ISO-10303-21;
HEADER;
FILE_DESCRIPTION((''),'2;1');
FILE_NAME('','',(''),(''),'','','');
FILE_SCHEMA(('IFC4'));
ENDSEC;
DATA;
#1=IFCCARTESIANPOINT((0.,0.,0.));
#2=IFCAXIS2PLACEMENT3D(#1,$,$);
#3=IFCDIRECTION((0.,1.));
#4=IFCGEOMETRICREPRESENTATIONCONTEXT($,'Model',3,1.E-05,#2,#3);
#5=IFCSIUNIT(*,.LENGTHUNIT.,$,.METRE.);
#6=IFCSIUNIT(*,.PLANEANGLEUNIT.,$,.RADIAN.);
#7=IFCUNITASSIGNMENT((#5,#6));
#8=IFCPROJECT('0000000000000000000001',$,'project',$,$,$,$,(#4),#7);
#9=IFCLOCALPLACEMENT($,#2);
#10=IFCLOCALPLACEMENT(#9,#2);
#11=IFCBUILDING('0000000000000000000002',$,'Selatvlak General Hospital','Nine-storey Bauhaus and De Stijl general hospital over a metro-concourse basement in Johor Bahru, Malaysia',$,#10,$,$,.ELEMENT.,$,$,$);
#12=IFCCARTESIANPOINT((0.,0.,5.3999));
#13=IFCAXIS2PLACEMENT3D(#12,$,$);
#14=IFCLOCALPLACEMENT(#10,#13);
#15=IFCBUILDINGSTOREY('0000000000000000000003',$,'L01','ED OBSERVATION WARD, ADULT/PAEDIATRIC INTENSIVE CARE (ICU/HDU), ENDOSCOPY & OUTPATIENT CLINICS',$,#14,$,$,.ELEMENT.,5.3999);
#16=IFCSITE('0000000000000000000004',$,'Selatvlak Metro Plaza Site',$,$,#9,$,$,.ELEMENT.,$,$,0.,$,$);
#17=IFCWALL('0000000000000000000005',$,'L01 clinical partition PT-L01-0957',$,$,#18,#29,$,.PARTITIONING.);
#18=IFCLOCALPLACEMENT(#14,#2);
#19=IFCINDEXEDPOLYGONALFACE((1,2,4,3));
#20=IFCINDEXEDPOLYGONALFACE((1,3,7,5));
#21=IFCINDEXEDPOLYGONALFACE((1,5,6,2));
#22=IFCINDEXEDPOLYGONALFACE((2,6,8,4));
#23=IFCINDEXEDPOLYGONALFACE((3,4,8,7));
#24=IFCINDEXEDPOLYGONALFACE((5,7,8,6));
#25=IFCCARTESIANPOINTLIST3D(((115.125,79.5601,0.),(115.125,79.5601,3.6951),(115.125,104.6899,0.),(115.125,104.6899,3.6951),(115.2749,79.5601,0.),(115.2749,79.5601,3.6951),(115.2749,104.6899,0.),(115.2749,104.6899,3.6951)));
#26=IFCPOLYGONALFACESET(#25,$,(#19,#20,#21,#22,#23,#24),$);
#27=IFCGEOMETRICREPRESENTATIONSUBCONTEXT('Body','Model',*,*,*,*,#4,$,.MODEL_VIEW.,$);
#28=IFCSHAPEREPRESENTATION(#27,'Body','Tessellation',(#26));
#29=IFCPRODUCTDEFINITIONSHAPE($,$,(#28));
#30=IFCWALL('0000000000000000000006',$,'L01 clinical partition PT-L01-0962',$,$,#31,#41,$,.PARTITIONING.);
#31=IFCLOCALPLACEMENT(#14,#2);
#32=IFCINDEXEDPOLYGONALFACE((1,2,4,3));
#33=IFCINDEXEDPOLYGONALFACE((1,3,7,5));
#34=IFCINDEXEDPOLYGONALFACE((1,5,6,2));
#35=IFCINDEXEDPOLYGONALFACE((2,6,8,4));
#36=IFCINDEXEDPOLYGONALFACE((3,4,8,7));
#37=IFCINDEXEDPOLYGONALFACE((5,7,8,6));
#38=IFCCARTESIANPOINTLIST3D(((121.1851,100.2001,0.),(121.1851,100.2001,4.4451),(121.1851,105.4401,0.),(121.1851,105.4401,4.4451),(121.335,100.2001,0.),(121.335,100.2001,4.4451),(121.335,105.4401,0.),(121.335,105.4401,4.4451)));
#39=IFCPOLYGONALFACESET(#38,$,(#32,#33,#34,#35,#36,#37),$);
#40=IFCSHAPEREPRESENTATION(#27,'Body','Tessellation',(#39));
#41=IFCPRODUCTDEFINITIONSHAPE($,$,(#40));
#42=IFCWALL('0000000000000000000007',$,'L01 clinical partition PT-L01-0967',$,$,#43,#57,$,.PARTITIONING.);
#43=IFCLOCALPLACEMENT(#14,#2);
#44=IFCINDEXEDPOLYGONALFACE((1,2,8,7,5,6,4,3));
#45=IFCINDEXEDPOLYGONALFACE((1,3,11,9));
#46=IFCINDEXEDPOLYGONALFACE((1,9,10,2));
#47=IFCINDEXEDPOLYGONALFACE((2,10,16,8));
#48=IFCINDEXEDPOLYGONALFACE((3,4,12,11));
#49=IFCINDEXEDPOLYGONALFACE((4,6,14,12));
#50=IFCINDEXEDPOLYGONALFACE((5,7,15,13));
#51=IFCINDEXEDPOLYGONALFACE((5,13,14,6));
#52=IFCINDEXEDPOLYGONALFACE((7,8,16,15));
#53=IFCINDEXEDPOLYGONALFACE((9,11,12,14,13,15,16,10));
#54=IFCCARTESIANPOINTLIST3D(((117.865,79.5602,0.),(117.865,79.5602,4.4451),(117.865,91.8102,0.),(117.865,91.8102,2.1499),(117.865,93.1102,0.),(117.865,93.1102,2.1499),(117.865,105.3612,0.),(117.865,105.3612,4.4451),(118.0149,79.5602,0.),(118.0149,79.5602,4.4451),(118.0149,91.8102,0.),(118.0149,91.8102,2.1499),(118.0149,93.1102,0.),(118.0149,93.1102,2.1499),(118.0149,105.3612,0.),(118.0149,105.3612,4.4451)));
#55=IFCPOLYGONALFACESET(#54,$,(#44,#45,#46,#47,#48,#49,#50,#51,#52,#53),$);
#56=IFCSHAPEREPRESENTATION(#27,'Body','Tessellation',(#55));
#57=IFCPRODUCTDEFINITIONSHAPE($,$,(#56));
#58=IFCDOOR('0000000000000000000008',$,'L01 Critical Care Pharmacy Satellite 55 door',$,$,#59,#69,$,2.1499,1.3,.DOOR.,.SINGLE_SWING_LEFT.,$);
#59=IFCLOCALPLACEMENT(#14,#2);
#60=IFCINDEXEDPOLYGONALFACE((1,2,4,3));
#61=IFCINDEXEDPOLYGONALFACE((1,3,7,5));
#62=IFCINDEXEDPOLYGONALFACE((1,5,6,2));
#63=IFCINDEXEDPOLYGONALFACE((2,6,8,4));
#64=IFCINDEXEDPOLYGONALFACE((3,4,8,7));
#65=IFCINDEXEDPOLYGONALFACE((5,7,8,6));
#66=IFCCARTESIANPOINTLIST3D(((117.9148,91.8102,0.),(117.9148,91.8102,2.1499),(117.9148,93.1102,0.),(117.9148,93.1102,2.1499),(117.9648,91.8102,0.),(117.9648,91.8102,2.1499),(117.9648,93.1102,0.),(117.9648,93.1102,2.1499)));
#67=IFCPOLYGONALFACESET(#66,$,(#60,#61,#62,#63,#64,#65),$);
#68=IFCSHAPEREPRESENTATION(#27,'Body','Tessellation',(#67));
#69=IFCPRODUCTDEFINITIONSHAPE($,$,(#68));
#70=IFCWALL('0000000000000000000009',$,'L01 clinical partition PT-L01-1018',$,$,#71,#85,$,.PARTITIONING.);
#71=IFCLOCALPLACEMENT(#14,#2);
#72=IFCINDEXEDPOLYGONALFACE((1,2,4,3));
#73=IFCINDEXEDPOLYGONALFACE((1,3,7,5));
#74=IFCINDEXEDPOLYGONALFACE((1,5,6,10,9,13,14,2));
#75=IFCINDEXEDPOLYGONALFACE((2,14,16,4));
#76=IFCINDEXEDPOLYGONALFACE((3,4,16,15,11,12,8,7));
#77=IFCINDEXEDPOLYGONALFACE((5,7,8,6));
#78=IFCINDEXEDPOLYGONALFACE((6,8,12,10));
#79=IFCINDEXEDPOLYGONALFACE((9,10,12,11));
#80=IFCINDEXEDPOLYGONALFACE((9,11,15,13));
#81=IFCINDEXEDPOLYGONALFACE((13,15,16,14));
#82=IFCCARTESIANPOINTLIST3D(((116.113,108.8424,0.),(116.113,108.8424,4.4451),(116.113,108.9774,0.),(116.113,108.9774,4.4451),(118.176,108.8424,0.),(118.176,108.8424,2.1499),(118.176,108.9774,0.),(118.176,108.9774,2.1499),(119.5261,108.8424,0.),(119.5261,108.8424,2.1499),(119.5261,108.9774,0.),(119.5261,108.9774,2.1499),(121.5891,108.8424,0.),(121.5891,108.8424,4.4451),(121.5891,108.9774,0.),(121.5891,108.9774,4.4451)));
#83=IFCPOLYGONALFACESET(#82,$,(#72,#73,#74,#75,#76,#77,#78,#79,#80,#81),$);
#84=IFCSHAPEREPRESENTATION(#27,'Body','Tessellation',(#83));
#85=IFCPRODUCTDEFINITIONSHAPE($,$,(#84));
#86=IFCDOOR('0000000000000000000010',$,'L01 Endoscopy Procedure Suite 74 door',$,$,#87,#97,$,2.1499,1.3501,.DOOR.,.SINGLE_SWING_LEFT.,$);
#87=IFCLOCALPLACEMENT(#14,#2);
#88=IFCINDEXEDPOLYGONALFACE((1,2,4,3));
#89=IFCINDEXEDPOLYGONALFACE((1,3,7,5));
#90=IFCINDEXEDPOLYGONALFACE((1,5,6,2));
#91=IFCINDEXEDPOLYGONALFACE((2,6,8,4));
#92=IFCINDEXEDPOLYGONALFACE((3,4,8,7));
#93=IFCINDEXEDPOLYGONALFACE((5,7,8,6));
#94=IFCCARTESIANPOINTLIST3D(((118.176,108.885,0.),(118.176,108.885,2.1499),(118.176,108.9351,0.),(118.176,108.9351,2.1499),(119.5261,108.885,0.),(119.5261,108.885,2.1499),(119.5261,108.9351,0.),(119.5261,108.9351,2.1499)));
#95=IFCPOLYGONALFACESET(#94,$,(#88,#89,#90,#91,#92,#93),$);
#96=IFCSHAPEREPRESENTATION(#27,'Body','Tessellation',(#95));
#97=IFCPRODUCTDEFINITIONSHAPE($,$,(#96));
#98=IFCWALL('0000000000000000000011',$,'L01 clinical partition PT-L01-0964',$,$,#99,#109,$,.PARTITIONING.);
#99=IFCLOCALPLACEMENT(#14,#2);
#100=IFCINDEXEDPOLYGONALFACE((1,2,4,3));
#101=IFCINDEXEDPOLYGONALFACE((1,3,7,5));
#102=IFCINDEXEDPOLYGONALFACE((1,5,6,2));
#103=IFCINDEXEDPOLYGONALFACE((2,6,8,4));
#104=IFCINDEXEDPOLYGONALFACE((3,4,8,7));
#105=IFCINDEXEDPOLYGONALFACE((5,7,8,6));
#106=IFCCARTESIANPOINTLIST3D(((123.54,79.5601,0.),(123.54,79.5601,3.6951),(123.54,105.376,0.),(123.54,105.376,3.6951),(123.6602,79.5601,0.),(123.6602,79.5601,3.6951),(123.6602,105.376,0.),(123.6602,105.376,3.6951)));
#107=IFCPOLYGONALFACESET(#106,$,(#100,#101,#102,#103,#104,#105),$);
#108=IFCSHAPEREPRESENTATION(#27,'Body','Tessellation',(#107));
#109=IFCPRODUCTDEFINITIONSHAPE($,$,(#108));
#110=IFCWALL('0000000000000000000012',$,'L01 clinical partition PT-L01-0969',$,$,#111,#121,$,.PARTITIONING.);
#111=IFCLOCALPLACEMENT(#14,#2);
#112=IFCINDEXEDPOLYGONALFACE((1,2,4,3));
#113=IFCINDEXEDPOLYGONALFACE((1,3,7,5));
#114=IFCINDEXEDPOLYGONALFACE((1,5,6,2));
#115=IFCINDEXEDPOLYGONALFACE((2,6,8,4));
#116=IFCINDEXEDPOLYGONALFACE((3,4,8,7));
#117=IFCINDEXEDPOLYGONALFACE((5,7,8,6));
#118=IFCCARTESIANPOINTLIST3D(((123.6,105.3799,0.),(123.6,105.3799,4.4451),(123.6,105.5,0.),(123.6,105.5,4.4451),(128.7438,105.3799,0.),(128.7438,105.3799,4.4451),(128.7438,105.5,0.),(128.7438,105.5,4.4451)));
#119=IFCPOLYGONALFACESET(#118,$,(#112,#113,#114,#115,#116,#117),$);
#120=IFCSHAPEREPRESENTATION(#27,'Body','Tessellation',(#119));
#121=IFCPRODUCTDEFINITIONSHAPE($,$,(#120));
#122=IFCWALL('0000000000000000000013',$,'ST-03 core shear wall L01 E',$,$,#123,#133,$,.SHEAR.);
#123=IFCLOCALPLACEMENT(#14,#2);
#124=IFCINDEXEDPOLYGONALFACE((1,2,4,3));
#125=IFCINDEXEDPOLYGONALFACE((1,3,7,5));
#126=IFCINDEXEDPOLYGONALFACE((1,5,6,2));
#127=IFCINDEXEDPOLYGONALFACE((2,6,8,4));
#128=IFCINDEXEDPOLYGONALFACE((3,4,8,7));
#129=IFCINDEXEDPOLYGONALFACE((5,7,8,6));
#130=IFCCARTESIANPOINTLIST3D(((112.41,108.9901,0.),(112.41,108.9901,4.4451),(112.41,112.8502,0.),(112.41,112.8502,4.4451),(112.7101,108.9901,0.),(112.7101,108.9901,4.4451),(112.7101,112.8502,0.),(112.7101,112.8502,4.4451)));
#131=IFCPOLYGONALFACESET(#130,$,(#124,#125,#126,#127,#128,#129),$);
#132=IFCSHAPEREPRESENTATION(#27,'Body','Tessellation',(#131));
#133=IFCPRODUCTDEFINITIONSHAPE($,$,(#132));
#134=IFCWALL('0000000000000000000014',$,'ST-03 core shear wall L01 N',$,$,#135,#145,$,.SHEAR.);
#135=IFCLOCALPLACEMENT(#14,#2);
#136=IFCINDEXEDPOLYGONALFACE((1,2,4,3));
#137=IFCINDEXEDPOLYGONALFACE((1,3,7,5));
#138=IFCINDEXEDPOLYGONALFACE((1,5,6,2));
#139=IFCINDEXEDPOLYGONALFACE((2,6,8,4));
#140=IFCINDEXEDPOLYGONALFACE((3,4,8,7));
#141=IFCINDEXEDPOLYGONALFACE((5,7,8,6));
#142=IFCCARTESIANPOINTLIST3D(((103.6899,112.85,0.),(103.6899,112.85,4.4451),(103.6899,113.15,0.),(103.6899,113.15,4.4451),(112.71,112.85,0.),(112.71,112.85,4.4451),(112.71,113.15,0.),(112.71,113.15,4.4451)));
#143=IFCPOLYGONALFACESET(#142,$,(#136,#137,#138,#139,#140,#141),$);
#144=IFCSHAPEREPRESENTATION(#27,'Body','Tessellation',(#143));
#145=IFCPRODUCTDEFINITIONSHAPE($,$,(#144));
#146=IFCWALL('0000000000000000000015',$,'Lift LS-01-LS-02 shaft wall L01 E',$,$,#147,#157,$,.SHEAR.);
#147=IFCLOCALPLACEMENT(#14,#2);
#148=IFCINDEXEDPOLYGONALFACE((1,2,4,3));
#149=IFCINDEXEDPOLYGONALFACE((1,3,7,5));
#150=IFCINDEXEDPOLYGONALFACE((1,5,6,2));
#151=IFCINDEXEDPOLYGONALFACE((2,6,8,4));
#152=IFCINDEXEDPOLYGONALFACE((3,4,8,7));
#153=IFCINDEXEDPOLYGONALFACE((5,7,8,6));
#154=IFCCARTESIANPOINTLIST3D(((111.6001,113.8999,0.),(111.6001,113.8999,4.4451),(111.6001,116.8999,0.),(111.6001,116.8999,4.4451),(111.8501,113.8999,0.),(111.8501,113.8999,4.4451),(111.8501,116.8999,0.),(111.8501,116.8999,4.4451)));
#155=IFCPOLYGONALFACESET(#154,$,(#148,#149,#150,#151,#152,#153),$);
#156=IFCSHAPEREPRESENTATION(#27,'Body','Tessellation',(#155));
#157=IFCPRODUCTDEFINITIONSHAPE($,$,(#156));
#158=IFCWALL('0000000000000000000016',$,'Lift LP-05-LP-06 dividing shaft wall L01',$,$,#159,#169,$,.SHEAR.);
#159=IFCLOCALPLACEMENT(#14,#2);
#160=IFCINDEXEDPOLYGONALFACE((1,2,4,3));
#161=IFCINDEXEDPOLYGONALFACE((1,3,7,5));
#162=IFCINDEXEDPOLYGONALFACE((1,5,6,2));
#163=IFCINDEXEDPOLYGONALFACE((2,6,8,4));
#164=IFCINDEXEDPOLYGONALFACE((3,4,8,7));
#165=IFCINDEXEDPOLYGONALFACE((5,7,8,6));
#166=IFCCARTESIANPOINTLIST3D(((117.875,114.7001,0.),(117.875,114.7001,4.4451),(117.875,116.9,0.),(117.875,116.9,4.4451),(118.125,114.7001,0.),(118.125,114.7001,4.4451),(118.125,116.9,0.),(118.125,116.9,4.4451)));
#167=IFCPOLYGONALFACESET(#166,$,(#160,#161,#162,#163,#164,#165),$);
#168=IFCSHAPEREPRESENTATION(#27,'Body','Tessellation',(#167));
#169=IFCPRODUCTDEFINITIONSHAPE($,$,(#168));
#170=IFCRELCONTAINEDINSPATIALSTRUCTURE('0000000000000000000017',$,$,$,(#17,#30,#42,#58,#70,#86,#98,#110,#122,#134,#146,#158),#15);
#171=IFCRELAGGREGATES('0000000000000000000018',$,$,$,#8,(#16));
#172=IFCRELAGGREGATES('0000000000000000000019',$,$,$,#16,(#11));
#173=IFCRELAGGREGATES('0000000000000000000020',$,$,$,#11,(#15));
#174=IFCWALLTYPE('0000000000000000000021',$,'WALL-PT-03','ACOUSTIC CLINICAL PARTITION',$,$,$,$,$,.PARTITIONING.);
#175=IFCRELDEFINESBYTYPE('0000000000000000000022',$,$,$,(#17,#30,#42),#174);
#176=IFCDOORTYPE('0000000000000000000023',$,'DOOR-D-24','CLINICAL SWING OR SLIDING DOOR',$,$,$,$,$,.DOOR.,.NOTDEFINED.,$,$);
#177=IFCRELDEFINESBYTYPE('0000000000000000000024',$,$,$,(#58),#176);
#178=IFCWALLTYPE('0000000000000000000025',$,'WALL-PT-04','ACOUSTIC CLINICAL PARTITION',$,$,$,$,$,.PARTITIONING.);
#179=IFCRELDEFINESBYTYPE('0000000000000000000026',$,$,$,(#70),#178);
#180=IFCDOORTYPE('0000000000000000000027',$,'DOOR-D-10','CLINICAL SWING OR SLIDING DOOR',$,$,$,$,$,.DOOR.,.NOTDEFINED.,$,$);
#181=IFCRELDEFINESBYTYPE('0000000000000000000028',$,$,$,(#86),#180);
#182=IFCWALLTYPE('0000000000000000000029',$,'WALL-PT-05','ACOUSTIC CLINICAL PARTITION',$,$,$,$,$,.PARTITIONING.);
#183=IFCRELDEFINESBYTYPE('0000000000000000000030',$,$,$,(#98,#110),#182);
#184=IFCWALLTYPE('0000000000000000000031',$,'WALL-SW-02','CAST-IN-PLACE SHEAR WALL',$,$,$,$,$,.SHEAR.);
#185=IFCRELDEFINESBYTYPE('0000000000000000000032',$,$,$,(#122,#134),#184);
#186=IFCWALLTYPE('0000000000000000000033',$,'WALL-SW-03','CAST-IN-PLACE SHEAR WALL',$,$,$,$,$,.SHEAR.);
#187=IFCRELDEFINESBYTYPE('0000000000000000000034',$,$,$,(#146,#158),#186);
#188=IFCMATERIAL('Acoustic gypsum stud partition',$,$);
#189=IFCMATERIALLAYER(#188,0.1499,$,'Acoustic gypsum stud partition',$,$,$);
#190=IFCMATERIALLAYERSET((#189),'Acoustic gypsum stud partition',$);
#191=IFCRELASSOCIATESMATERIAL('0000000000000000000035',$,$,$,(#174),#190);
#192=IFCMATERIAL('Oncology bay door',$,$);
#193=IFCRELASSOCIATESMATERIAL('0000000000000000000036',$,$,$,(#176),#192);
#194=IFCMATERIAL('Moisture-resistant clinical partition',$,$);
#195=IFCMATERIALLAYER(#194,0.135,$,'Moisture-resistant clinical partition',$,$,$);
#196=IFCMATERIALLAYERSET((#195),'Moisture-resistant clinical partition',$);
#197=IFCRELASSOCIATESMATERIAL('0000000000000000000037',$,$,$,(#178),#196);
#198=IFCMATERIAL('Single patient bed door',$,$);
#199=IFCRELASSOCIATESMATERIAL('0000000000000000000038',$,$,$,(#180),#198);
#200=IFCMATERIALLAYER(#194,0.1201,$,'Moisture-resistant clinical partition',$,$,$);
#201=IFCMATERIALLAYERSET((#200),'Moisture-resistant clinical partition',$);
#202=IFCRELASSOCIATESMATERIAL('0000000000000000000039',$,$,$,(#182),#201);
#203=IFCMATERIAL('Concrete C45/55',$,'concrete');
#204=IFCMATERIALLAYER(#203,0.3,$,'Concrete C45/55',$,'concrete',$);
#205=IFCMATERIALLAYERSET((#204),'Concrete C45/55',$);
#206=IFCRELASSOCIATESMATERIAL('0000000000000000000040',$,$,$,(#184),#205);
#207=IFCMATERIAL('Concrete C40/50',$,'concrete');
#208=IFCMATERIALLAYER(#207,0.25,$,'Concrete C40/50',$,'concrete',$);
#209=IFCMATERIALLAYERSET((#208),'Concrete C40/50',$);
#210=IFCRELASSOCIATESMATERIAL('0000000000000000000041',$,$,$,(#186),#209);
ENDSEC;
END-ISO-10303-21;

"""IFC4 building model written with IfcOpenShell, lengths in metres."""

from ifc_helpers import new_model, si_unit, direction, frame, frame_2d, origin, place, context, subcontext, project, spatial, rectangle, extrude, material, layer, layer_set, type_object, element, fill, save


model = new_model("IFC4")

# Units and contexts
model_context = context("Model", 3, precision=1e-05, world=origin(), true_north=direction((0.0, 1.0)))
body_context = subcontext(model_context, "Body", "Model", "MODEL_VIEW")
ifc_project = project(units=[si_unit("LENGTHUNIT", "METRE"), si_unit("PLANEANGLEUNIT", "RADIAN")], contexts=[model_context])

# Site, building, storey
site_placement = place(None, origin())
site = spatial("IfcSite", under=ifc_project, at=site_placement, Name="Selatvlak Metro Plaza Site", CompositionType="ELEMENT", RefElevation=0.0)
building_placement = place(site_placement, origin())
building = spatial("IfcBuilding", under=site, at=building_placement, Name="Selatvlak General Hospital", Description="Nine-storey Bauhaus and De Stijl general hospital over a metro-concourse basement in Johor Bahru, Malaysia", CompositionType="ELEMENT")
storey_placement = place(building_placement, frame((0.0, 0.0, 5.3999)))
storey = spatial("IfcBuildingStorey", under=building, at=storey_placement, Name="L01", Description="ED OBSERVATION WARD, ADULT/PAEDIATRIC INTENSIVE CARE (ICU/HDU), ENDOSCOPY & OUTPATIENT CLINICS", CompositionType="ELEMENT", Elevation=5.3999)

# Shared definitions
ifc_material_1 = material(Name="Concrete C40/50", Category="concrete")

# Shared definitions
ifc_material_2 = material(Name="Acoustic gypsum stud partition")

# Walls
ifc_layer_1 = layer(ifc_material_2, 0.1499, Name="Acoustic gypsum stud partition")
ifc_layer_set_1 = layer_set([ifc_layer_1], Name="Acoustic gypsum stud partition")
wall_type_1 = type_object("IfcWallType", Name="WALL-PT-03", Description="ACOUSTIC CLINICAL PARTITION", PredefinedType="PARTITIONING", material=ifc_layer_set_1)
wall_1_placement = place(storey_placement, frame((115.2, 104.6899, 0.0), z_axis=(0.0, 0.0, 1.0), x_axis=(0.0, -1.0, 0.0)))
element("IfcWall", 1, at=wall_1_placement, inside=storey, type_object=wall_type_1, Name="L01 clinical partition PT-L01-0957", PredefinedType="PARTITIONING", context=body_context, shape_type="SweptSolid", body=[
    extrude(rectangle(XDim=25.1299, YDim=0.1499, at=frame_2d((12.5649, 0.0))), origin(), (0.0, 0.0, 1.0), 3.6951),
])
wall_2_placement = place(storey_placement, frame((121.26, 100.2, 0.0), z_axis=(0.0, 0.0, 1.0), x_axis=(0.0, 1.0, 0.0)))
element("IfcWall", 2, at=wall_2_placement, inside=storey, type_object=wall_type_1, Name="L01 clinical partition PT-L01-0962", PredefinedType="PARTITIONING", context=body_context, shape_type="SweptSolid", body=[
    extrude(rectangle(XDim=5.24, YDim=0.1499, at=frame_2d((2.6201, 0.0))), origin(), (0.0, 0.0, 1.0), 4.4451),
])

# Walls, openings, doors
wall_3_placement = place(storey_placement, frame((117.9399, 105.3611, 0.0), z_axis=(0.0, 0.0, 1.0), x_axis=(0.0, -1.0, 0.0)))
wall_3 = element("IfcWall", 3, at=wall_3_placement, inside=storey, type_object=wall_type_1, Name="L01 clinical partition PT-L01-0967", PredefinedType="PARTITIONING", context=body_context, shape_type="SweptSolid", body=[
    extrude(rectangle(XDim=25.801, YDim=0.1499, at=frame_2d((12.9004, 0.0))), origin(), (0.0, 0.0, 1.0), 4.4451),
])
opening_1_placement = place(wall_3_placement, frame((12.251, 0.0, 0.0)))
opening_1 = element("IfcOpeningElement", 4, at=opening_1_placement, cuts=wall_3, PredefinedType="OPENING", context=body_context, shape_type="SweptSolid", body=[
    extrude(rectangle(XDim=1.3, YDim=2.1499, at=frame_2d((0.6499, 1.075))), frame((0.0, 0.085, 0.0), z_axis=(0.0, -1.0, 0.0), x_axis=(1.0, 0.0, 0.0)), (0.0, 0.0, 1.0), 0.1699),
])
ifc_material_3 = material(Name="Oncology bay door")
door_type_1 = type_object("IfcDoorType", Name="DOOR-D-24", Description="CLINICAL SWING OR SLIDING DOOR", OperationType="NOTDEFINED", PredefinedType="DOOR", material=ifc_material_3)
door_1_placement = place(opening_1_placement, origin())
door_1 = element("IfcDoor", 5, at=door_1_placement, inside=storey, type_object=door_type_1, Name="L01 Critical Care Pharmacy Satellite 55 door", OperationType="SINGLE_SWING_LEFT", OverallHeight=2.1499, OverallWidth=1.3, PredefinedType="DOOR", context=body_context, shape_type="SweptSolid", body=[
    extrude(rectangle(XDim=1.3, YDim=2.1499, at=frame_2d((0.6499, 1.075))), frame((0.0, 0.0249, 0.0), z_axis=(0.0, -1.0, 0.0), x_axis=(1.0, 0.0, 0.0)), (0.0, 0.0, 1.0), 0.05),
])
fill(opening_1, door_1)
ifc_material_4 = material(Name="Moisture-resistant clinical partition")
ifc_layer_2 = layer(ifc_material_4, 0.135, Name="Moisture-resistant clinical partition")
ifc_layer_set_2 = layer_set([ifc_layer_2], Name="Moisture-resistant clinical partition")
wall_type_2 = type_object("IfcWallType", Name="WALL-PT-04", Description="ACOUSTIC CLINICAL PARTITION", PredefinedType="PARTITIONING", material=ifc_layer_set_2)
wall_4_placement = place(storey_placement, frame((121.5891, 108.9099, 0.0), z_axis=(0.0, 0.0, 1.0), x_axis=(-1.0, 0.0, 0.0)))
wall_4 = element("IfcWall", 6, at=wall_4_placement, inside=storey, type_object=wall_type_2, Name="L01 clinical partition PT-L01-1018", PredefinedType="PARTITIONING", context=body_context, shape_type="SweptSolid", body=[
    extrude(rectangle(XDim=5.4761, YDim=0.135, at=frame_2d((2.738, 0.0))), origin(), (0.0, 0.0, 1.0), 4.4451),
])
opening_2_placement = place(wall_4_placement, frame((2.063, 0.0, 0.0)))
opening_2 = element("IfcOpeningElement", 7, at=opening_2_placement, cuts=wall_4, PredefinedType="OPENING", context=body_context, shape_type="SweptSolid", body=[
    extrude(rectangle(XDim=1.3501, YDim=2.1499, at=frame_2d((0.675, 1.075))), frame((0.0, 0.0774, 0.0), z_axis=(0.0, -1.0, 0.0), x_axis=(1.0, 0.0, 0.0)), (0.0, 0.0, 1.0), 0.155),
])
ifc_material_5 = material(Name="Single patient bed door")
door_type_2 = type_object("IfcDoorType", Name="DOOR-D-10", Description="CLINICAL SWING OR SLIDING DOOR", OperationType="NOTDEFINED", PredefinedType="DOOR", material=ifc_material_5)
door_2_placement = place(opening_2_placement, origin())
door_2 = element("IfcDoor", 8, at=door_2_placement, inside=storey, type_object=door_type_2, Name="L01 Endoscopy Procedure Suite 74 door", OperationType="SINGLE_SWING_LEFT", OverallHeight=2.1499, OverallWidth=1.3501, PredefinedType="DOOR", context=body_context, shape_type="SweptSolid", body=[
    extrude(rectangle(XDim=1.3501, YDim=2.1499, at=frame_2d((0.675, 1.075))), frame((0.0, 0.0249, 0.0), z_axis=(0.0, -1.0, 0.0), x_axis=(1.0, 0.0, 0.0)), (0.0, 0.0, 1.0), 0.05),
])
fill(opening_2, door_2)

# Walls
ifc_layer_3 = layer(ifc_material_4, 0.1201, Name="Moisture-resistant clinical partition")
ifc_layer_set_3 = layer_set([ifc_layer_3], Name="Moisture-resistant clinical partition")
wall_type_3 = type_object("IfcWallType", Name="WALL-PT-05", Description="ACOUSTIC CLINICAL PARTITION", PredefinedType="PARTITIONING", material=ifc_layer_set_3)
wall_5_placement = place(storey_placement, frame((123.6001, 105.376, 0.0), z_axis=(0.0, 0.0, 1.0), x_axis=(0.0, -1.0, 0.0)))
element("IfcWall", 9, at=wall_5_placement, inside=storey, type_object=wall_type_3, Name="L01 clinical partition PT-L01-0964", PredefinedType="PARTITIONING", context=body_context, shape_type="SweptSolid", body=[
    extrude(rectangle(XDim=25.8159, YDim=0.1201, at=frame_2d((12.908, 0.0))), origin(), (0.0, 0.0, 1.0), 3.6951),
])
wall_6_placement = place(storey_placement, frame((123.6001, 105.4399, 0.0), z_axis=(0.0, 0.0, 1.0), x_axis=(1.0, 0.0, 0.0)))
element("IfcWall", 10, at=wall_6_placement, inside=storey, type_object=wall_type_3, Name="L01 clinical partition PT-L01-0969", PredefinedType="PARTITIONING", context=body_context, shape_type="SweptSolid", body=[
    extrude(rectangle(XDim=5.1438, YDim=0.1201, at=frame_2d((2.5718, 0.0))), origin(), (0.0, 0.0, 1.0), 4.4451),
])
ifc_material_6 = material(Name="Concrete C45/55", Category="concrete")
ifc_layer_4 = layer(ifc_material_6, 0.3, Name="Concrete C45/55", Category="concrete")
ifc_layer_set_4 = layer_set([ifc_layer_4], Name="Concrete C45/55")
wall_type_4 = type_object("IfcWallType", Name="WALL-SW-02", Description="CAST-IN-PLACE SHEAR WALL", PredefinedType="SHEAR", material=ifc_layer_set_4)
wall_7_placement = place(storey_placement, frame((112.5601, 108.99, 0.0), z_axis=(0.0, 0.0, 1.0), x_axis=(0.0, 1.0, 0.0)))
element("IfcWall", 11, at=wall_7_placement, inside=storey, type_object=wall_type_4, Name="ST-03 core shear wall L01 E", PredefinedType="SHEAR", context=body_context, shape_type="SweptSolid", body=[
    extrude(rectangle(XDim=3.8601, YDim=0.3, at=frame_2d((1.9302, 0.0))), origin(), (0.0, 0.0, 1.0), 4.4451),
])
wall_8_placement = place(storey_placement, frame((112.71, 113.0, 0.0), z_axis=(0.0, 0.0, 1.0), x_axis=(-1.0, 0.0, 0.0)))
element("IfcWall", 12, at=wall_8_placement, inside=storey, type_object=wall_type_4, Name="ST-03 core shear wall L01 N", PredefinedType="SHEAR", context=body_context, shape_type="SweptSolid", body=[
    extrude(rectangle(XDim=9.02, YDim=0.3, at=frame_2d((4.51, 0.0))), origin(), (0.0, 0.0, 1.0), 4.4451),
])
ifc_layer_5 = layer(ifc_material_1, 0.25, Name="Concrete C40/50", Category="concrete")
ifc_layer_set_5 = layer_set([ifc_layer_5], Name="Concrete C40/50")
wall_type_5 = type_object("IfcWallType", Name="WALL-SW-03", Description="CAST-IN-PLACE SHEAR WALL", PredefinedType="SHEAR", material=ifc_layer_set_5)
wall_9_placement = place(storey_placement, frame((111.7251, 113.8999, 0.0), z_axis=(0.0, 0.0, 1.0), x_axis=(0.0, 1.0, 0.0)))
element("IfcWall", 13, at=wall_9_placement, inside=storey, type_object=wall_type_5, Name="Lift LS-01-LS-02 shaft wall L01 E", PredefinedType="SHEAR", context=body_context, shape_type="SweptSolid", body=[
    extrude(rectangle(XDim=3.0, YDim=0.25, at=frame_2d((1.5, 0.0))), origin(), (0.0, 0.0, 1.0), 4.4451),
])

# Wall
wall_10_placement = place(storey_placement, frame((118.0, 114.7, 0.0), z_axis=(0.0, 0.0, 1.0), x_axis=(0.0, 1.0, 0.0)))
element("IfcWall", 14, at=wall_10_placement, inside=storey, type_object=wall_type_5, Name="Lift LP-05-LP-06 dividing shaft wall L01", PredefinedType="SHEAR", context=body_context, shape_type="SweptSolid", body=[
    extrude(rectangle(XDim=2.2, YDim=0.25, at=frame_2d((1.1001, 0.0))), origin(), (0.0, 0.0, 1.0), 4.4451),
])

save(model, "model.ifc")
